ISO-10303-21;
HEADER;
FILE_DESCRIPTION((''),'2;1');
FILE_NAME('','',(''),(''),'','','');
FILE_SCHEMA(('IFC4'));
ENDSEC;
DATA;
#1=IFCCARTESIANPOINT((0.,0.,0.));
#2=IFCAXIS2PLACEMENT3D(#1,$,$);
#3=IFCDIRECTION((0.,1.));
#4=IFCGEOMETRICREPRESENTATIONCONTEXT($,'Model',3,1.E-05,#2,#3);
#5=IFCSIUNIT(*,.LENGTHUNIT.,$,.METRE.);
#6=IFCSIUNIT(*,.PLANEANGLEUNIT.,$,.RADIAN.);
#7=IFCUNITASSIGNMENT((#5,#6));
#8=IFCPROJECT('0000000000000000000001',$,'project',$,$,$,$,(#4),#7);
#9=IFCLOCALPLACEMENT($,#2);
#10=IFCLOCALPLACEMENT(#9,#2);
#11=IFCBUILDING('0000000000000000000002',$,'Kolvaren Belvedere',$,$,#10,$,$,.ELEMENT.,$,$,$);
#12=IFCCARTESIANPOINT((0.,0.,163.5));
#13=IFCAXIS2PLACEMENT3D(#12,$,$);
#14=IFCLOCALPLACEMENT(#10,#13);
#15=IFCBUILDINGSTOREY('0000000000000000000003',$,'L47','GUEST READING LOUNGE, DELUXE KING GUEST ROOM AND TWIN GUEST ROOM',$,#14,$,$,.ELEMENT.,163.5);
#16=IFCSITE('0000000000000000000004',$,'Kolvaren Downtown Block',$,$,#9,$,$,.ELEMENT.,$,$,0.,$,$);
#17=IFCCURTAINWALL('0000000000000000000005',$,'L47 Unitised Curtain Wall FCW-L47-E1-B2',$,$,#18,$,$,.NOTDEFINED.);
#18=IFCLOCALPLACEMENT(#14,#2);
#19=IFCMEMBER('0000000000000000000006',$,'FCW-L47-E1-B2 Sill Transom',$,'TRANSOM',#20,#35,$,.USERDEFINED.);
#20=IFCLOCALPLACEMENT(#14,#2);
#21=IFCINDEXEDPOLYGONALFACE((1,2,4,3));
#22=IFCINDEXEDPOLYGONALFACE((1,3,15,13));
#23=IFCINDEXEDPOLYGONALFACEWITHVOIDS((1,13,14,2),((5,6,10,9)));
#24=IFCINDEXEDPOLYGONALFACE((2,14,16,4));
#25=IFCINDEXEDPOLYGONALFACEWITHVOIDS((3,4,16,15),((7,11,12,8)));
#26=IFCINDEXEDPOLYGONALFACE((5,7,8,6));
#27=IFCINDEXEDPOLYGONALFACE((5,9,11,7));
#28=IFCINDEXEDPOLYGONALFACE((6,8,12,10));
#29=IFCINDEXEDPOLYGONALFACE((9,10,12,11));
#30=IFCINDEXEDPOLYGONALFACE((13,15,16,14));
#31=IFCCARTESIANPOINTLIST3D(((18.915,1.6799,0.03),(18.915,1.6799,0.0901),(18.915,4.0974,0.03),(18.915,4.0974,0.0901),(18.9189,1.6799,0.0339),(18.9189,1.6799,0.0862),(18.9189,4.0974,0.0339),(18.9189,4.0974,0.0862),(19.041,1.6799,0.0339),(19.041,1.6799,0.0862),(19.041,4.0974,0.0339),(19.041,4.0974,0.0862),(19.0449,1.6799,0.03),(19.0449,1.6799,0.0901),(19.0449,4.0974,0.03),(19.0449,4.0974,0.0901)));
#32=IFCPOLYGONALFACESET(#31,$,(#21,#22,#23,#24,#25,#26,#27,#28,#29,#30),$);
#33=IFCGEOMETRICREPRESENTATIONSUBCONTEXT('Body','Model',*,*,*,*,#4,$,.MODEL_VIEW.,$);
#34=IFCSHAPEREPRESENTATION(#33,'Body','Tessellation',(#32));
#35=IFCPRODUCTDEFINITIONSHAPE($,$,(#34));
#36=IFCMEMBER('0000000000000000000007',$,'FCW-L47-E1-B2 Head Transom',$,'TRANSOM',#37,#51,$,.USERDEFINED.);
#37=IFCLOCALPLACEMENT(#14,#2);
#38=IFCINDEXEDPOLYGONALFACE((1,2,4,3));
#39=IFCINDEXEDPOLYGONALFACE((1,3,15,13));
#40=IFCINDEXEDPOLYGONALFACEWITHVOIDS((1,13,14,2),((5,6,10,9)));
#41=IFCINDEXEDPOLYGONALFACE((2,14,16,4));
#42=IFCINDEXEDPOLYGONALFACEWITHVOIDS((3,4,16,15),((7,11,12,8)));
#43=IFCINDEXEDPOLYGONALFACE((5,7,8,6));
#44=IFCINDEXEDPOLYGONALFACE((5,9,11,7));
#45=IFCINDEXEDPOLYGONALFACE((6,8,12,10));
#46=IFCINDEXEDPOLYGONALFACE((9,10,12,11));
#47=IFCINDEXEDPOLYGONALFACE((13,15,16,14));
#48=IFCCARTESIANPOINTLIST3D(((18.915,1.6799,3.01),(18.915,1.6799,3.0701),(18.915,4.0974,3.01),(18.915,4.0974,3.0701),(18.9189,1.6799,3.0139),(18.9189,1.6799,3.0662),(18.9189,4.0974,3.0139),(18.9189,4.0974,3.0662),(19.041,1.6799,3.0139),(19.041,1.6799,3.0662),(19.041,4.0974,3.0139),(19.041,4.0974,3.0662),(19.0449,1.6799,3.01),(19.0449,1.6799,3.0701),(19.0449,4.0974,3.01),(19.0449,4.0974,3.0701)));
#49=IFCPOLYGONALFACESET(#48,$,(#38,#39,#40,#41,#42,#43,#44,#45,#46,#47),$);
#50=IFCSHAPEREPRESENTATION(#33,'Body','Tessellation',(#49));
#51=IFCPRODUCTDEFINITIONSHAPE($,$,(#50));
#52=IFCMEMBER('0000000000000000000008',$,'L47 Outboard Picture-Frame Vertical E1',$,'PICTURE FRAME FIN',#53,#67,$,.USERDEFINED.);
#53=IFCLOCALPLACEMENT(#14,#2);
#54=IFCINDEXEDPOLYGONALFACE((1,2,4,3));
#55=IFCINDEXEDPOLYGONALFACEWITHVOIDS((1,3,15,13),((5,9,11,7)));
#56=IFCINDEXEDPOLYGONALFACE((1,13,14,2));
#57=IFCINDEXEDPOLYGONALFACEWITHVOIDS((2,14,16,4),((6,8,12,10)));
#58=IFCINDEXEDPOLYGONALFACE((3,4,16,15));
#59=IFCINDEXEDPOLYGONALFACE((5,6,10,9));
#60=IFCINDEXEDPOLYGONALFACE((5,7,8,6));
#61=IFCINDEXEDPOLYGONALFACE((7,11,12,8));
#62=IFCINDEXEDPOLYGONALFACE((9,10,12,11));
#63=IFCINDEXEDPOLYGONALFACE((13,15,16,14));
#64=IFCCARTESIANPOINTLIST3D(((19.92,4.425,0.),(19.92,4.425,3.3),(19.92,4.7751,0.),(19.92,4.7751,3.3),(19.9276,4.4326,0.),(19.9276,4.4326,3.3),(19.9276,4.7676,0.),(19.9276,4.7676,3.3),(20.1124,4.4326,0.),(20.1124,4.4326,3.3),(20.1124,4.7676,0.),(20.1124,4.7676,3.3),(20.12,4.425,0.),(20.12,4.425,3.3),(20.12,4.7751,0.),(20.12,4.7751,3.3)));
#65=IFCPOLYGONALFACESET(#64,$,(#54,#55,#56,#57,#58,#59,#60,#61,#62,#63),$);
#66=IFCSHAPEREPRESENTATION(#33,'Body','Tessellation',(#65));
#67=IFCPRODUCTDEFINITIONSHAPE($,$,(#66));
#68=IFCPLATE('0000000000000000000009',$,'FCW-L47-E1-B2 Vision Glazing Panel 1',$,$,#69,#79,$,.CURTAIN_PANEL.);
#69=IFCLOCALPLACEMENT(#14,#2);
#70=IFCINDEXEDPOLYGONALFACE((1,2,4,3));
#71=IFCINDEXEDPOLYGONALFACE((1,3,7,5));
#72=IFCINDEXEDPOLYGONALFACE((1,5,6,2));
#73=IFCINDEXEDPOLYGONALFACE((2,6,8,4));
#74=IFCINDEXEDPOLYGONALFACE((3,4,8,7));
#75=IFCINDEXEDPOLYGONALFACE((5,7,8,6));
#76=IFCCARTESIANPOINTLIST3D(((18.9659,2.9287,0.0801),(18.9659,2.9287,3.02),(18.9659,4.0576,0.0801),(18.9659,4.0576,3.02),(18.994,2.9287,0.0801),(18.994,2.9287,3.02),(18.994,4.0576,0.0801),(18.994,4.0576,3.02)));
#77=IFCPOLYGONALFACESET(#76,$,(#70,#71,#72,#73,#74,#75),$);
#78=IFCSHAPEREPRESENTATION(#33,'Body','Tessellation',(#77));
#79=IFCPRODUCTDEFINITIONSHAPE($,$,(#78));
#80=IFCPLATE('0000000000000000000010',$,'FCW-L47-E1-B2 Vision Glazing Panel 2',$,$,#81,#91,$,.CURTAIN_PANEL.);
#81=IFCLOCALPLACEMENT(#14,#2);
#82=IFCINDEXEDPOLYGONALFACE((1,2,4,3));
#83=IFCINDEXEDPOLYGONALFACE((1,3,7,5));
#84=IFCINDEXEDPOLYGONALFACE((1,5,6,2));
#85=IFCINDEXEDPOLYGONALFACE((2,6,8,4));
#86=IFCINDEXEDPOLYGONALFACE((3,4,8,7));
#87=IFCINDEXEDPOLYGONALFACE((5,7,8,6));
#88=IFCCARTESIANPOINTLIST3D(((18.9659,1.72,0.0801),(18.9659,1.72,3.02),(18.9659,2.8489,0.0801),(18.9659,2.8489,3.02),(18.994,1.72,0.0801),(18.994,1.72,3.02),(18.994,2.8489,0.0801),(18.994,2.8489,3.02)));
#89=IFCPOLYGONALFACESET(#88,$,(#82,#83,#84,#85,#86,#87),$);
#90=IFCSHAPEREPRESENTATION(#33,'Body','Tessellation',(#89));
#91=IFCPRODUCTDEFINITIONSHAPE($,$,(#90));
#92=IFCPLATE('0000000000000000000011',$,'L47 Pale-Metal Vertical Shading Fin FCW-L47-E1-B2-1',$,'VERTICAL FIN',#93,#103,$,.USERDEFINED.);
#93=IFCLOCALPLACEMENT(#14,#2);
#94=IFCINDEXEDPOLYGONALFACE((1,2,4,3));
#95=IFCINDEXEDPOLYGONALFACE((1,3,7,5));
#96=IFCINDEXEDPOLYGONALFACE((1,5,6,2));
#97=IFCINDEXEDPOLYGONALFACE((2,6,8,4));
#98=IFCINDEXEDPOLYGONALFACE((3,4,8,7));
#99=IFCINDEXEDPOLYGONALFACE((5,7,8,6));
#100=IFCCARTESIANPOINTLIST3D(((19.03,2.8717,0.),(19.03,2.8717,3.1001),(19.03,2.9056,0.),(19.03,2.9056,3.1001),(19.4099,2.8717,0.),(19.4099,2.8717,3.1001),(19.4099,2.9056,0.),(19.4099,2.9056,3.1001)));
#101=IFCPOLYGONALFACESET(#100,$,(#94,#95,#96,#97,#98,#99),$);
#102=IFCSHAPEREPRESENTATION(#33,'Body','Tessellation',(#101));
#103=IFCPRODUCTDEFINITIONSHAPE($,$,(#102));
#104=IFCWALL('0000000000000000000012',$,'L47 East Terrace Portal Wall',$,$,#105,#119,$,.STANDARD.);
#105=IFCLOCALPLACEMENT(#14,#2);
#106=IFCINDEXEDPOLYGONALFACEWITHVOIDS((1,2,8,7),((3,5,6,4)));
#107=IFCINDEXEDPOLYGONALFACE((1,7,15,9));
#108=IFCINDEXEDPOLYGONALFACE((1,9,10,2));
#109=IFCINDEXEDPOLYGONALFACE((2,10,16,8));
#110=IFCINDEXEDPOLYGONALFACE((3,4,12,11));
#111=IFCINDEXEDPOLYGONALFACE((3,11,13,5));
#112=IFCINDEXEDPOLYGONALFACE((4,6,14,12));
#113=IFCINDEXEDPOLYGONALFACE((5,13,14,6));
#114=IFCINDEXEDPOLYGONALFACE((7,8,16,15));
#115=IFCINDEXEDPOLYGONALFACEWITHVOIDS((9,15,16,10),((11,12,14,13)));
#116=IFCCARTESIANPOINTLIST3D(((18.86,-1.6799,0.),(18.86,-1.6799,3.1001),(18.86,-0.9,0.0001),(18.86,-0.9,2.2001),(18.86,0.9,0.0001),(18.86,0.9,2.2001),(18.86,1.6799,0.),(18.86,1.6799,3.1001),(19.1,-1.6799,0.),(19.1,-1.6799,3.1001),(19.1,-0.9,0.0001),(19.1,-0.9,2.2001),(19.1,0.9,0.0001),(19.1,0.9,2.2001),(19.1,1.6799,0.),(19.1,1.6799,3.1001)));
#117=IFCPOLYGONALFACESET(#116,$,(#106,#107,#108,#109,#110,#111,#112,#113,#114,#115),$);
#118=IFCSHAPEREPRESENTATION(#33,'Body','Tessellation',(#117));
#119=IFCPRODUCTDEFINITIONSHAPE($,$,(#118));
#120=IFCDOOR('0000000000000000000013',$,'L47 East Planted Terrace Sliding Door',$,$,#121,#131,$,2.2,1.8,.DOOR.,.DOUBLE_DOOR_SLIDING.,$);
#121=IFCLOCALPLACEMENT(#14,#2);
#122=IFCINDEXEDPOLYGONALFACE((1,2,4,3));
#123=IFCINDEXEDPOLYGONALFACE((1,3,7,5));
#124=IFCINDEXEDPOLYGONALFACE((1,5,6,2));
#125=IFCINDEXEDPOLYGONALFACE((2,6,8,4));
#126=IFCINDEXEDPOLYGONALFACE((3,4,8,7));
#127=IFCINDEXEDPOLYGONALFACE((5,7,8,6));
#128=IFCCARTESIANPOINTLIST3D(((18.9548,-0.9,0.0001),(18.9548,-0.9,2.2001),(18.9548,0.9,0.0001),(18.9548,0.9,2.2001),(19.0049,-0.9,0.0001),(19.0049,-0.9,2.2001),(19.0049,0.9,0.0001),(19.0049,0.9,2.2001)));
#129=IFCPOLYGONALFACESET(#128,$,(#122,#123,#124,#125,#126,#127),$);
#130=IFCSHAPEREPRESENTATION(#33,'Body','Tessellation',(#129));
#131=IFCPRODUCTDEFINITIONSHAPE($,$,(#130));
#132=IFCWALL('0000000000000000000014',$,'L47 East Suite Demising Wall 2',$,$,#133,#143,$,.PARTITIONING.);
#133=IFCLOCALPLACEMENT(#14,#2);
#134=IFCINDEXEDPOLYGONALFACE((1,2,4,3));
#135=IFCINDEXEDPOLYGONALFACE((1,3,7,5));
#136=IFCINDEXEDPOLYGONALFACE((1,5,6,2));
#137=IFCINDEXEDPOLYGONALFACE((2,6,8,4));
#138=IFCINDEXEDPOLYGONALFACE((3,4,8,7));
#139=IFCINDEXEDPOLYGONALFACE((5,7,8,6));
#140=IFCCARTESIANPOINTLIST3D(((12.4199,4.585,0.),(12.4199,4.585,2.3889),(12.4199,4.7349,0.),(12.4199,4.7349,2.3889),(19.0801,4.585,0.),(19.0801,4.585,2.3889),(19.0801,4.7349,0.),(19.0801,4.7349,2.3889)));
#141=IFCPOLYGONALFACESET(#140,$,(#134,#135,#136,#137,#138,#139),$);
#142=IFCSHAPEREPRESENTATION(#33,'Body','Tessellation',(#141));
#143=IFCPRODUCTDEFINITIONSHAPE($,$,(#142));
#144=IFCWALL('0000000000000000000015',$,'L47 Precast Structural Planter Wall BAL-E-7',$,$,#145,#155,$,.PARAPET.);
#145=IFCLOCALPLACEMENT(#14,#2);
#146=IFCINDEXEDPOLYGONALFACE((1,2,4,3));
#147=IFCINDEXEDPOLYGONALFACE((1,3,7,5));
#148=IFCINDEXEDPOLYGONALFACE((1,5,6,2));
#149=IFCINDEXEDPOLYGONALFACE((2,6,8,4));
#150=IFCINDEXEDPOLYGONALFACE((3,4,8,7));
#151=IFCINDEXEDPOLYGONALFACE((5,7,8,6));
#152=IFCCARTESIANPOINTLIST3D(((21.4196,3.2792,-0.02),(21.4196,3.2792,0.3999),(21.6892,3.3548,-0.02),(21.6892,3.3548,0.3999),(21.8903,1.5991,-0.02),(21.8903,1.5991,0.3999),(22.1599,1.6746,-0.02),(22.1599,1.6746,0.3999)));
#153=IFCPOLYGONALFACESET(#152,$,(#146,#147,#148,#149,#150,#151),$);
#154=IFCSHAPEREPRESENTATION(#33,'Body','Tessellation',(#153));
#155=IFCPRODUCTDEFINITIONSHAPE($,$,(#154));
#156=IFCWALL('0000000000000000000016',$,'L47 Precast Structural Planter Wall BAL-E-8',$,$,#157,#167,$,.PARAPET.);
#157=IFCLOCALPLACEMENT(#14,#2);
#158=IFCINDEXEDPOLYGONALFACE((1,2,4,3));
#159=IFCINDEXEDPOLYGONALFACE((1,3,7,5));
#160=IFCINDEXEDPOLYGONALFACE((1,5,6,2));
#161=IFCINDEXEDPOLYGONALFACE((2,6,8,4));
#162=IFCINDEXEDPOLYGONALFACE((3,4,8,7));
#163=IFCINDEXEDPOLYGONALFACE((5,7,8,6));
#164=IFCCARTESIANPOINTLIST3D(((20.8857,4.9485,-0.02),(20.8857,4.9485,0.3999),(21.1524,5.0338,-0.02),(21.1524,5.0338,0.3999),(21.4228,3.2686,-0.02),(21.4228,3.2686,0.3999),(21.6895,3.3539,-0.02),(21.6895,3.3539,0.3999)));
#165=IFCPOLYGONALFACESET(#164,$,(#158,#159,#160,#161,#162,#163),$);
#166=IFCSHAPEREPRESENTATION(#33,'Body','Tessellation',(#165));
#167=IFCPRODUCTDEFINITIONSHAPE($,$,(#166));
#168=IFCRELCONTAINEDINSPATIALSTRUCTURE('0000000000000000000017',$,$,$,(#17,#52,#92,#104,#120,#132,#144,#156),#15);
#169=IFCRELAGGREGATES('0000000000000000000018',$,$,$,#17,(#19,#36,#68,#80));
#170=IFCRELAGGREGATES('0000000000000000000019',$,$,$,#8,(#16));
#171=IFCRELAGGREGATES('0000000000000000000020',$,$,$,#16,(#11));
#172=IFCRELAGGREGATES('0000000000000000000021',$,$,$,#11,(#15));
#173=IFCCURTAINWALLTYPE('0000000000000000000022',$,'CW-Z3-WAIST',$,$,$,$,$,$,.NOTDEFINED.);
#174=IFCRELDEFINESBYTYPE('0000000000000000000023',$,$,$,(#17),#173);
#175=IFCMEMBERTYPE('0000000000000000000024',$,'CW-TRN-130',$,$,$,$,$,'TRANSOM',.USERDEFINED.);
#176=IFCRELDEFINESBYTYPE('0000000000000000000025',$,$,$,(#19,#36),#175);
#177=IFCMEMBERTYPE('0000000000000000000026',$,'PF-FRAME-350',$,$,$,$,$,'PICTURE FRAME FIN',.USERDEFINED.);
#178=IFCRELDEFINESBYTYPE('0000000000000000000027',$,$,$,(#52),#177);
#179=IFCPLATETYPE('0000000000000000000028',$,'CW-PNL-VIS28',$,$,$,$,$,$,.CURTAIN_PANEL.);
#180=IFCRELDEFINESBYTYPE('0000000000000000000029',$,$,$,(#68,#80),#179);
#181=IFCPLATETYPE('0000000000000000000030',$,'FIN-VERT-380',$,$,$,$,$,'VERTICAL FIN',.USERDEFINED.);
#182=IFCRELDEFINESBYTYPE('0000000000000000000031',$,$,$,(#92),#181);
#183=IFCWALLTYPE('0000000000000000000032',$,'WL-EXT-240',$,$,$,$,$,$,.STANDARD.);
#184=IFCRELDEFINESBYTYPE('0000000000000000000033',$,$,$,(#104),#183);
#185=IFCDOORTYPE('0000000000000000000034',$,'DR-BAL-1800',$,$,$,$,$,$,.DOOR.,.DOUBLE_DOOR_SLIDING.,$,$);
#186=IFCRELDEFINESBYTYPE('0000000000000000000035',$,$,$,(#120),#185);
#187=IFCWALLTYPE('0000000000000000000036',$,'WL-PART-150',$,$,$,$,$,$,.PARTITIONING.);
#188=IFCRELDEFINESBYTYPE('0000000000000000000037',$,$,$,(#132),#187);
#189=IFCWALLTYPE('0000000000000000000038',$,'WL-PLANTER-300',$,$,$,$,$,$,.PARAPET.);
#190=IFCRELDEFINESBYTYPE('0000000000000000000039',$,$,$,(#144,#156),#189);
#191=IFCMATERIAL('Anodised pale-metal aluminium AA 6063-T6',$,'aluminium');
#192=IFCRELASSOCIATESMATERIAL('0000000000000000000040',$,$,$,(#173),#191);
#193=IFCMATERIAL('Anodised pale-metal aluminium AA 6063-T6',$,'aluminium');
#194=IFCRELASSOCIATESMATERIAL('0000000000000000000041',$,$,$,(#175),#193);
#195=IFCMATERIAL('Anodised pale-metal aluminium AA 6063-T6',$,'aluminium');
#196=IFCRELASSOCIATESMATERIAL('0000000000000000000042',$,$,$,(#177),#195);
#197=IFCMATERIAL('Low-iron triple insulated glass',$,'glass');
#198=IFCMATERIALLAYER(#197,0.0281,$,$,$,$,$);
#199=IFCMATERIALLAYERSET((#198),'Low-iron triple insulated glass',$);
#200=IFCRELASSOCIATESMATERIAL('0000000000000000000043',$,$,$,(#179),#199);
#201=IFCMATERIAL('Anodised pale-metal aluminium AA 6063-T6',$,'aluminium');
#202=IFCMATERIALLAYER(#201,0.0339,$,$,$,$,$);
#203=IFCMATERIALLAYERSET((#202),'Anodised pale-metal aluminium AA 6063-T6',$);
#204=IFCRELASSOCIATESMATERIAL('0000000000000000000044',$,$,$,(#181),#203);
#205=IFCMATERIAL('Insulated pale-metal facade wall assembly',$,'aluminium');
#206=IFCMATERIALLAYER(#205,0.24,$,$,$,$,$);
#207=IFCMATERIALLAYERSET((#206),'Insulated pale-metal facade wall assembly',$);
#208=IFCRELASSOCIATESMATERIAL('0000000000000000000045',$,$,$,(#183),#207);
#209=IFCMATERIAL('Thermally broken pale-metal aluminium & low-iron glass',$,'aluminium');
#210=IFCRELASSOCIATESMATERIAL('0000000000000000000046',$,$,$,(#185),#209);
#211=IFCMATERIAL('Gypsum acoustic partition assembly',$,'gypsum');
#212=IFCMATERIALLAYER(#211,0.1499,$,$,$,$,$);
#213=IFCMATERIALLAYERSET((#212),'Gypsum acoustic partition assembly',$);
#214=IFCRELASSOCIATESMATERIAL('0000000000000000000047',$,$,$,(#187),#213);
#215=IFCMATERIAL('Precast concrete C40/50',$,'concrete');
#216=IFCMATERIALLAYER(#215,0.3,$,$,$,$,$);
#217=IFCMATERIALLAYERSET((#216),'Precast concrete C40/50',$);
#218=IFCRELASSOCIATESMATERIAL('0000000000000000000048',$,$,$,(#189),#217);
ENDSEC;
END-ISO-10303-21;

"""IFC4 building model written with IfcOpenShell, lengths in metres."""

from ifc_helpers import new_model, si_unit, direction, frame, frame_2d, origin, origin_2d, place, context, subcontext, project, spatial, rectangle, hollow_rectangle, extrude, material, layer, layer_set, material_profile, profile_set, type_object, element, fill, aggregate, save


model = new_model("IFC4")

# Units and contexts
model_context = context("Model", 3, precision=1e-05, world=origin(), true_north=direction((0.0, 1.0)))
body_context = subcontext(model_context, "Body", "Model", "MODEL_VIEW")
ifc_project = project(units=[si_unit("LENGTHUNIT", "METRE"), si_unit("PLANEANGLEUNIT", "RADIAN")], contexts=[model_context])

# Site, building, storey
site_placement = place(None, origin())
site = spatial("IfcSite", under=ifc_project, at=site_placement, Name="Kolvaren Downtown Block", CompositionType="ELEMENT", RefElevation=0.0)
building_placement = place(site_placement, origin())
building = spatial("IfcBuilding", under=site, at=building_placement, Name="Kolvaren Belvedere", CompositionType="ELEMENT")
storey_placement = place(building_placement, frame((0.0, 0.0, 163.5)))
storey = spatial("IfcBuildingStorey", under=building, at=storey_placement, Name="L47", Description="GUEST READING LOUNGE, DELUXE KING GUEST ROOM AND TWIN GUEST ROOM", CompositionType="ELEMENT", Elevation=163.5)

# Shared definitions
ifc_material_1 = material(Name="Anodised pale-metal aluminium AA 6063-T6", Category="aluminium")
curtain_wall_type = type_object("IfcCurtainWallType", Name="CW-Z3-WAIST", PredefinedType="NOTDEFINED", material=ifc_material_1)

# Curtain wall, members
curtain_wall_1_placement = place(storey_placement, origin())
curtain_wall_1 = element("IfcCurtainWall", 1, at=curtain_wall_1_placement, inside=storey, type_object=curtain_wall_type, Name="L47 Unitised Curtain Wall FCW-L47-E1-B2", PredefinedType="NOTDEFINED")
ifc_material_2 = material(Name="Anodised pale-metal aluminium AA 6063-T6", Category="aluminium")
ifc_material_profile_1 = material_profile(ifc_material_2, hollow_rectangle(XDim=0.0601, YDim=0.1299, WallThickness=0.0039, at=origin_2d()), Name="ALU-TRN-130X60")
ifc_profile_set_1 = profile_set([ifc_material_profile_1], Name="Anodised pale-metal aluminium AA 6063-T6")
member_type_1 = type_object("IfcMemberType", Name="CW-TRN-130", ElementType="TRANSOM", PredefinedType="USERDEFINED", material=ifc_profile_set_1)
member_1_placement = place(storey_placement, frame((18.98, 4.0974, 0.0601), z_axis=(0.0, -1.0, 0.0), x_axis=(0.0, 0.0, 1.0)))
member_1 = element("IfcMember", 2, at=member_1_placement, type_object=member_type_1, Name="FCW-L47-E1-B2 Sill Transom", ObjectType="TRANSOM", PredefinedType="USERDEFINED", context=body_context, shape_type="SweptSolid", body=[
    extrude(hollow_rectangle(XDim=0.0601, YDim=0.1299, WallThickness=0.0039, at=origin_2d()), origin(), (0.0, 0.0, 1.0), 2.4175),
])
member_2_placement = place(storey_placement, frame((18.98, 4.0974, 3.04), z_axis=(0.0, -1.0, 0.0), x_axis=(0.0, 0.0, 1.0)))
member_2 = element("IfcMember", 3, at=member_2_placement, type_object=member_type_1, Name="FCW-L47-E1-B2 Head Transom", ObjectType="TRANSOM", PredefinedType="USERDEFINED", context=body_context, shape_type="SweptSolid", body=[
    extrude(hollow_rectangle(XDim=0.0601, YDim=0.1299, WallThickness=0.0039, at=origin_2d()), origin(), (0.0, 0.0, 1.0), 2.4175),
])

# Member
ifc_material_3 = material(Name="Anodised pale-metal aluminium AA 6063-T6", Category="aluminium")
ifc_material_profile_2 = material_profile(ifc_material_3, hollow_rectangle(XDim=0.2, YDim=0.3501, WallThickness=0.0076, at=origin_2d()), Name="ALU-PF-350X200")
ifc_profile_set_2 = profile_set([ifc_material_profile_2], Name="Anodised pale-metal aluminium AA 6063-T6")
member_type_2 = type_object("IfcMemberType", Name="PF-FRAME-350", ElementType="PICTURE FRAME FIN", PredefinedType="USERDEFINED", material=ifc_profile_set_2)
member_3_placement = place(storey_placement, frame((20.02, 4.6001, 0.0), z_axis=(0.0, 0.0, 1.0), x_axis=(1.0, 0.0, 0.0)))
element("IfcMember", 4, at=member_3_placement, inside=storey, type_object=member_type_2, Name="L47 Outboard Picture-Frame Vertical E1", ObjectType="PICTURE FRAME FIN", PredefinedType="USERDEFINED", context=body_context, shape_type="SweptSolid", body=[
    extrude(hollow_rectangle(XDim=0.2, YDim=0.3501, WallThickness=0.0076, at=origin_2d()), origin(), (0.0, 0.0, 1.0), 3.3),
])

# Plates
ifc_material_4 = material(Name="Low-iron triple insulated glass", Category="glass")
ifc_layer_1 = layer(ifc_material_4, 0.0281)
ifc_layer_set_1 = layer_set([ifc_layer_1], Name="Low-iron triple insulated glass")
plate_type_1 = type_object("IfcPlateType", Name="CW-PNL-VIS28", PredefinedType="CURTAIN_PANEL", material=ifc_layer_set_1)
plate_1_placement = place(storey_placement, frame((18.98, 3.4932, 0.0801), z_axis=(0.0, 0.0, 1.0), x_axis=(0.0, -1.0, 0.0)))
plate_1 = element("IfcPlate", 5, at=plate_1_placement, type_object=plate_type_1, Name="FCW-L47-E1-B2 Vision Glazing Panel 1", PredefinedType="CURTAIN_PANEL", context=body_context, shape_type="SweptSolid", body=[
    extrude(rectangle(XDim=1.1289, YDim=0.0281, at=origin_2d()), origin(), (0.0, 0.0, 1.0), 2.9399),
])
plate_2_placement = place(storey_placement, frame((18.98, 2.2844, 0.0801), z_axis=(0.0, 0.0, 1.0), x_axis=(0.0, -1.0, 0.0)))
plate_2 = element("IfcPlate", 6, at=plate_2_placement, type_object=plate_type_1, Name="FCW-L47-E1-B2 Vision Glazing Panel 2", PredefinedType="CURTAIN_PANEL", context=body_context, shape_type="SweptSolid", body=[
    extrude(rectangle(XDim=1.1289, YDim=0.0281, at=origin_2d()), origin(), (0.0, 0.0, 1.0), 2.9399),
])
aggregate(curtain_wall_1, [member_1, member_2, plate_1, plate_2])
ifc_material_5 = material(Name="Anodised pale-metal aluminium AA 6063-T6", Category="aluminium")
ifc_layer_2 = layer(ifc_material_5, 0.0339)
ifc_layer_set_2 = layer_set([ifc_layer_2], Name="Anodised pale-metal aluminium AA 6063-T6")
plate_type_2 = type_object("IfcPlateType", Name="FIN-VERT-380", ElementType="VERTICAL FIN", PredefinedType="USERDEFINED", material=ifc_layer_set_2)
plate_3_placement = place(storey_placement, frame((19.22, 2.8887, 0.0), z_axis=(0.0, 0.0, 1.0), x_axis=(1.0, 0.0, 0.0)))
element("IfcPlate", 7, at=plate_3_placement, inside=storey, type_object=plate_type_2, Name="L47 Pale-Metal Vertical Shading Fin FCW-L47-E1-B2-1", ObjectType="VERTICAL FIN", PredefinedType="USERDEFINED", context=body_context, shape_type="SweptSolid", body=[
    extrude(rectangle(XDim=0.3799, YDim=0.0339, at=origin_2d()), origin(), (0.0, 0.0, 1.0), 3.1001),
])

# Wall, opening, door
ifc_material_6 = material(Name="Insulated pale-metal facade wall assembly", Category="aluminium")
ifc_layer_3 = layer(ifc_material_6, 0.24)
ifc_layer_set_3 = layer_set([ifc_layer_3], Name="Insulated pale-metal facade wall assembly")
wall_type_1 = type_object("IfcWallType", Name="WL-EXT-240", PredefinedType="STANDARD", material=ifc_layer_set_3)
wall_1_placement = place(storey_placement, frame((18.98, 1.6799, 0.0), z_axis=(0.0, 0.0, 1.0), x_axis=(0.0, -1.0, 0.0)))
wall_1 = element("IfcWall", 8, at=wall_1_placement, inside=storey, type_object=wall_type_1, Name="L47 East Terrace Portal Wall", PredefinedType="STANDARD", context=body_context, shape_type="SweptSolid", body=[
    extrude(rectangle(XDim=3.3599, YDim=0.24, at=frame_2d((1.6799, 0.0))), origin(), (0.0, 0.0, 1.0), 3.1001),
])
opening_placement = place(wall_1_placement, frame((0.78, 0.0, 0.0)))
opening = element("IfcOpeningElement", 9, at=opening_placement, cuts=wall_1, PredefinedType="OPENING", context=body_context, shape_type="SweptSolid", body=[
    extrude(rectangle(XDim=1.8, YDim=2.2, at=frame_2d((0.8999, 1.1001))), frame((0.0, 0.1299, 0.0), z_axis=(0.0, -1.0, 0.0), x_axis=(1.0, 0.0, 0.0)), (0.0, 0.0, 1.0), 0.26),
])
ifc_material_7 = material(Name="Thermally broken pale-metal aluminium & low-iron glass", Category="aluminium")
door_type = type_object("IfcDoorType", Name="DR-BAL-1800", OperationType="DOUBLE_DOOR_SLIDING", PredefinedType="DOOR", material=ifc_material_7)
door_placement = place(opening_placement, origin())
door = element("IfcDoor", 10, at=door_placement, inside=storey, type_object=door_type, Name="L47 East Planted Terrace Sliding Door", OperationType="DOUBLE_DOOR_SLIDING", OverallHeight=2.2, OverallWidth=1.8, PredefinedType="DOOR", context=body_context, shape_type="SweptSolid", body=[
    extrude(rectangle(XDim=1.8, YDim=2.2, at=frame_2d((0.8999, 1.1001))), frame((0.0, 0.0249, 0.0), z_axis=(0.0, -1.0, 0.0), x_axis=(1.0, 0.0, 0.0)), (0.0, 0.0, 1.0), 0.05),
])
fill(opening, door)

# Walls
ifc_material_8 = material(Name="Gypsum acoustic partition assembly", Category="gypsum")
ifc_layer_4 = layer(ifc_material_8, 0.1499)
ifc_layer_set_4 = layer_set([ifc_layer_4], Name="Gypsum acoustic partition assembly")
wall_type_2 = type_object("IfcWallType", Name="WL-PART-150", PredefinedType="PARTITIONING", material=ifc_layer_set_4)
wall_2_placement = place(storey_placement, frame((12.4199, 4.6599, 0.0), z_axis=(0.0, 0.0, 1.0), x_axis=(1.0, 0.0, 0.0)))
element("IfcWall", 11, at=wall_2_placement, inside=storey, type_object=wall_type_2, Name="L47 East Suite Demising Wall 2", PredefinedType="PARTITIONING", context=body_context, shape_type="SweptSolid", body=[
    extrude(rectangle(XDim=6.6602, YDim=0.1499, at=frame_2d((3.3301, 0.0))), origin(), (0.0, 0.0, 1.0), 2.3889),
])
ifc_material_9 = material(Name="Precast concrete C40/50", Category="concrete")
ifc_layer_5 = layer(ifc_material_9, 0.3)
ifc_layer_set_5 = layer_set([ifc_layer_5], Name="Precast concrete C40/50")
wall_type_3 = type_object("IfcWallType", Name="WL-PLANTER-300", PredefinedType="PARAPET", material=ifc_layer_set_5)
wall_3_placement = place(storey_placement, frame((22.0251, 1.6367, -0.02), z_axis=(0.0, 0.0, 1.0), x_axis=(-0.269765, 0.962926, 0.0)))
element("IfcWall", 12, at=wall_3_placement, inside=storey, type_object=wall_type_3, Name="L47 Precast Structural Planter Wall BAL-E-7", PredefinedType="PARAPET", context=body_context, shape_type="SweptSolid", body=[
    extrude(rectangle(XDim=1.7449, YDim=0.28, at=frame_2d((0.8726, 0.0))), origin(), (0.0, 0.0, 1.0), 0.4199),
])
wall_4_placement = place(storey_placement, frame((21.5562, 3.3113, -0.02), z_axis=(0.0, 0.0, 1.0), x_axis=(-0.304535, 0.952501, 0.0)))
element("IfcWall", 13, at=wall_4_placement, inside=storey, type_object=wall_type_3, Name="L47 Precast Structural Planter Wall BAL-E-8", PredefinedType="PARAPET", context=body_context, shape_type="SweptSolid", body=[
    extrude(rectangle(XDim=1.7637, YDim=0.28, at=frame_2d((0.8818, 0.0))), origin(), (0.0, 0.0, 1.0), 0.4199),
])

save(model, "model.ifc")
